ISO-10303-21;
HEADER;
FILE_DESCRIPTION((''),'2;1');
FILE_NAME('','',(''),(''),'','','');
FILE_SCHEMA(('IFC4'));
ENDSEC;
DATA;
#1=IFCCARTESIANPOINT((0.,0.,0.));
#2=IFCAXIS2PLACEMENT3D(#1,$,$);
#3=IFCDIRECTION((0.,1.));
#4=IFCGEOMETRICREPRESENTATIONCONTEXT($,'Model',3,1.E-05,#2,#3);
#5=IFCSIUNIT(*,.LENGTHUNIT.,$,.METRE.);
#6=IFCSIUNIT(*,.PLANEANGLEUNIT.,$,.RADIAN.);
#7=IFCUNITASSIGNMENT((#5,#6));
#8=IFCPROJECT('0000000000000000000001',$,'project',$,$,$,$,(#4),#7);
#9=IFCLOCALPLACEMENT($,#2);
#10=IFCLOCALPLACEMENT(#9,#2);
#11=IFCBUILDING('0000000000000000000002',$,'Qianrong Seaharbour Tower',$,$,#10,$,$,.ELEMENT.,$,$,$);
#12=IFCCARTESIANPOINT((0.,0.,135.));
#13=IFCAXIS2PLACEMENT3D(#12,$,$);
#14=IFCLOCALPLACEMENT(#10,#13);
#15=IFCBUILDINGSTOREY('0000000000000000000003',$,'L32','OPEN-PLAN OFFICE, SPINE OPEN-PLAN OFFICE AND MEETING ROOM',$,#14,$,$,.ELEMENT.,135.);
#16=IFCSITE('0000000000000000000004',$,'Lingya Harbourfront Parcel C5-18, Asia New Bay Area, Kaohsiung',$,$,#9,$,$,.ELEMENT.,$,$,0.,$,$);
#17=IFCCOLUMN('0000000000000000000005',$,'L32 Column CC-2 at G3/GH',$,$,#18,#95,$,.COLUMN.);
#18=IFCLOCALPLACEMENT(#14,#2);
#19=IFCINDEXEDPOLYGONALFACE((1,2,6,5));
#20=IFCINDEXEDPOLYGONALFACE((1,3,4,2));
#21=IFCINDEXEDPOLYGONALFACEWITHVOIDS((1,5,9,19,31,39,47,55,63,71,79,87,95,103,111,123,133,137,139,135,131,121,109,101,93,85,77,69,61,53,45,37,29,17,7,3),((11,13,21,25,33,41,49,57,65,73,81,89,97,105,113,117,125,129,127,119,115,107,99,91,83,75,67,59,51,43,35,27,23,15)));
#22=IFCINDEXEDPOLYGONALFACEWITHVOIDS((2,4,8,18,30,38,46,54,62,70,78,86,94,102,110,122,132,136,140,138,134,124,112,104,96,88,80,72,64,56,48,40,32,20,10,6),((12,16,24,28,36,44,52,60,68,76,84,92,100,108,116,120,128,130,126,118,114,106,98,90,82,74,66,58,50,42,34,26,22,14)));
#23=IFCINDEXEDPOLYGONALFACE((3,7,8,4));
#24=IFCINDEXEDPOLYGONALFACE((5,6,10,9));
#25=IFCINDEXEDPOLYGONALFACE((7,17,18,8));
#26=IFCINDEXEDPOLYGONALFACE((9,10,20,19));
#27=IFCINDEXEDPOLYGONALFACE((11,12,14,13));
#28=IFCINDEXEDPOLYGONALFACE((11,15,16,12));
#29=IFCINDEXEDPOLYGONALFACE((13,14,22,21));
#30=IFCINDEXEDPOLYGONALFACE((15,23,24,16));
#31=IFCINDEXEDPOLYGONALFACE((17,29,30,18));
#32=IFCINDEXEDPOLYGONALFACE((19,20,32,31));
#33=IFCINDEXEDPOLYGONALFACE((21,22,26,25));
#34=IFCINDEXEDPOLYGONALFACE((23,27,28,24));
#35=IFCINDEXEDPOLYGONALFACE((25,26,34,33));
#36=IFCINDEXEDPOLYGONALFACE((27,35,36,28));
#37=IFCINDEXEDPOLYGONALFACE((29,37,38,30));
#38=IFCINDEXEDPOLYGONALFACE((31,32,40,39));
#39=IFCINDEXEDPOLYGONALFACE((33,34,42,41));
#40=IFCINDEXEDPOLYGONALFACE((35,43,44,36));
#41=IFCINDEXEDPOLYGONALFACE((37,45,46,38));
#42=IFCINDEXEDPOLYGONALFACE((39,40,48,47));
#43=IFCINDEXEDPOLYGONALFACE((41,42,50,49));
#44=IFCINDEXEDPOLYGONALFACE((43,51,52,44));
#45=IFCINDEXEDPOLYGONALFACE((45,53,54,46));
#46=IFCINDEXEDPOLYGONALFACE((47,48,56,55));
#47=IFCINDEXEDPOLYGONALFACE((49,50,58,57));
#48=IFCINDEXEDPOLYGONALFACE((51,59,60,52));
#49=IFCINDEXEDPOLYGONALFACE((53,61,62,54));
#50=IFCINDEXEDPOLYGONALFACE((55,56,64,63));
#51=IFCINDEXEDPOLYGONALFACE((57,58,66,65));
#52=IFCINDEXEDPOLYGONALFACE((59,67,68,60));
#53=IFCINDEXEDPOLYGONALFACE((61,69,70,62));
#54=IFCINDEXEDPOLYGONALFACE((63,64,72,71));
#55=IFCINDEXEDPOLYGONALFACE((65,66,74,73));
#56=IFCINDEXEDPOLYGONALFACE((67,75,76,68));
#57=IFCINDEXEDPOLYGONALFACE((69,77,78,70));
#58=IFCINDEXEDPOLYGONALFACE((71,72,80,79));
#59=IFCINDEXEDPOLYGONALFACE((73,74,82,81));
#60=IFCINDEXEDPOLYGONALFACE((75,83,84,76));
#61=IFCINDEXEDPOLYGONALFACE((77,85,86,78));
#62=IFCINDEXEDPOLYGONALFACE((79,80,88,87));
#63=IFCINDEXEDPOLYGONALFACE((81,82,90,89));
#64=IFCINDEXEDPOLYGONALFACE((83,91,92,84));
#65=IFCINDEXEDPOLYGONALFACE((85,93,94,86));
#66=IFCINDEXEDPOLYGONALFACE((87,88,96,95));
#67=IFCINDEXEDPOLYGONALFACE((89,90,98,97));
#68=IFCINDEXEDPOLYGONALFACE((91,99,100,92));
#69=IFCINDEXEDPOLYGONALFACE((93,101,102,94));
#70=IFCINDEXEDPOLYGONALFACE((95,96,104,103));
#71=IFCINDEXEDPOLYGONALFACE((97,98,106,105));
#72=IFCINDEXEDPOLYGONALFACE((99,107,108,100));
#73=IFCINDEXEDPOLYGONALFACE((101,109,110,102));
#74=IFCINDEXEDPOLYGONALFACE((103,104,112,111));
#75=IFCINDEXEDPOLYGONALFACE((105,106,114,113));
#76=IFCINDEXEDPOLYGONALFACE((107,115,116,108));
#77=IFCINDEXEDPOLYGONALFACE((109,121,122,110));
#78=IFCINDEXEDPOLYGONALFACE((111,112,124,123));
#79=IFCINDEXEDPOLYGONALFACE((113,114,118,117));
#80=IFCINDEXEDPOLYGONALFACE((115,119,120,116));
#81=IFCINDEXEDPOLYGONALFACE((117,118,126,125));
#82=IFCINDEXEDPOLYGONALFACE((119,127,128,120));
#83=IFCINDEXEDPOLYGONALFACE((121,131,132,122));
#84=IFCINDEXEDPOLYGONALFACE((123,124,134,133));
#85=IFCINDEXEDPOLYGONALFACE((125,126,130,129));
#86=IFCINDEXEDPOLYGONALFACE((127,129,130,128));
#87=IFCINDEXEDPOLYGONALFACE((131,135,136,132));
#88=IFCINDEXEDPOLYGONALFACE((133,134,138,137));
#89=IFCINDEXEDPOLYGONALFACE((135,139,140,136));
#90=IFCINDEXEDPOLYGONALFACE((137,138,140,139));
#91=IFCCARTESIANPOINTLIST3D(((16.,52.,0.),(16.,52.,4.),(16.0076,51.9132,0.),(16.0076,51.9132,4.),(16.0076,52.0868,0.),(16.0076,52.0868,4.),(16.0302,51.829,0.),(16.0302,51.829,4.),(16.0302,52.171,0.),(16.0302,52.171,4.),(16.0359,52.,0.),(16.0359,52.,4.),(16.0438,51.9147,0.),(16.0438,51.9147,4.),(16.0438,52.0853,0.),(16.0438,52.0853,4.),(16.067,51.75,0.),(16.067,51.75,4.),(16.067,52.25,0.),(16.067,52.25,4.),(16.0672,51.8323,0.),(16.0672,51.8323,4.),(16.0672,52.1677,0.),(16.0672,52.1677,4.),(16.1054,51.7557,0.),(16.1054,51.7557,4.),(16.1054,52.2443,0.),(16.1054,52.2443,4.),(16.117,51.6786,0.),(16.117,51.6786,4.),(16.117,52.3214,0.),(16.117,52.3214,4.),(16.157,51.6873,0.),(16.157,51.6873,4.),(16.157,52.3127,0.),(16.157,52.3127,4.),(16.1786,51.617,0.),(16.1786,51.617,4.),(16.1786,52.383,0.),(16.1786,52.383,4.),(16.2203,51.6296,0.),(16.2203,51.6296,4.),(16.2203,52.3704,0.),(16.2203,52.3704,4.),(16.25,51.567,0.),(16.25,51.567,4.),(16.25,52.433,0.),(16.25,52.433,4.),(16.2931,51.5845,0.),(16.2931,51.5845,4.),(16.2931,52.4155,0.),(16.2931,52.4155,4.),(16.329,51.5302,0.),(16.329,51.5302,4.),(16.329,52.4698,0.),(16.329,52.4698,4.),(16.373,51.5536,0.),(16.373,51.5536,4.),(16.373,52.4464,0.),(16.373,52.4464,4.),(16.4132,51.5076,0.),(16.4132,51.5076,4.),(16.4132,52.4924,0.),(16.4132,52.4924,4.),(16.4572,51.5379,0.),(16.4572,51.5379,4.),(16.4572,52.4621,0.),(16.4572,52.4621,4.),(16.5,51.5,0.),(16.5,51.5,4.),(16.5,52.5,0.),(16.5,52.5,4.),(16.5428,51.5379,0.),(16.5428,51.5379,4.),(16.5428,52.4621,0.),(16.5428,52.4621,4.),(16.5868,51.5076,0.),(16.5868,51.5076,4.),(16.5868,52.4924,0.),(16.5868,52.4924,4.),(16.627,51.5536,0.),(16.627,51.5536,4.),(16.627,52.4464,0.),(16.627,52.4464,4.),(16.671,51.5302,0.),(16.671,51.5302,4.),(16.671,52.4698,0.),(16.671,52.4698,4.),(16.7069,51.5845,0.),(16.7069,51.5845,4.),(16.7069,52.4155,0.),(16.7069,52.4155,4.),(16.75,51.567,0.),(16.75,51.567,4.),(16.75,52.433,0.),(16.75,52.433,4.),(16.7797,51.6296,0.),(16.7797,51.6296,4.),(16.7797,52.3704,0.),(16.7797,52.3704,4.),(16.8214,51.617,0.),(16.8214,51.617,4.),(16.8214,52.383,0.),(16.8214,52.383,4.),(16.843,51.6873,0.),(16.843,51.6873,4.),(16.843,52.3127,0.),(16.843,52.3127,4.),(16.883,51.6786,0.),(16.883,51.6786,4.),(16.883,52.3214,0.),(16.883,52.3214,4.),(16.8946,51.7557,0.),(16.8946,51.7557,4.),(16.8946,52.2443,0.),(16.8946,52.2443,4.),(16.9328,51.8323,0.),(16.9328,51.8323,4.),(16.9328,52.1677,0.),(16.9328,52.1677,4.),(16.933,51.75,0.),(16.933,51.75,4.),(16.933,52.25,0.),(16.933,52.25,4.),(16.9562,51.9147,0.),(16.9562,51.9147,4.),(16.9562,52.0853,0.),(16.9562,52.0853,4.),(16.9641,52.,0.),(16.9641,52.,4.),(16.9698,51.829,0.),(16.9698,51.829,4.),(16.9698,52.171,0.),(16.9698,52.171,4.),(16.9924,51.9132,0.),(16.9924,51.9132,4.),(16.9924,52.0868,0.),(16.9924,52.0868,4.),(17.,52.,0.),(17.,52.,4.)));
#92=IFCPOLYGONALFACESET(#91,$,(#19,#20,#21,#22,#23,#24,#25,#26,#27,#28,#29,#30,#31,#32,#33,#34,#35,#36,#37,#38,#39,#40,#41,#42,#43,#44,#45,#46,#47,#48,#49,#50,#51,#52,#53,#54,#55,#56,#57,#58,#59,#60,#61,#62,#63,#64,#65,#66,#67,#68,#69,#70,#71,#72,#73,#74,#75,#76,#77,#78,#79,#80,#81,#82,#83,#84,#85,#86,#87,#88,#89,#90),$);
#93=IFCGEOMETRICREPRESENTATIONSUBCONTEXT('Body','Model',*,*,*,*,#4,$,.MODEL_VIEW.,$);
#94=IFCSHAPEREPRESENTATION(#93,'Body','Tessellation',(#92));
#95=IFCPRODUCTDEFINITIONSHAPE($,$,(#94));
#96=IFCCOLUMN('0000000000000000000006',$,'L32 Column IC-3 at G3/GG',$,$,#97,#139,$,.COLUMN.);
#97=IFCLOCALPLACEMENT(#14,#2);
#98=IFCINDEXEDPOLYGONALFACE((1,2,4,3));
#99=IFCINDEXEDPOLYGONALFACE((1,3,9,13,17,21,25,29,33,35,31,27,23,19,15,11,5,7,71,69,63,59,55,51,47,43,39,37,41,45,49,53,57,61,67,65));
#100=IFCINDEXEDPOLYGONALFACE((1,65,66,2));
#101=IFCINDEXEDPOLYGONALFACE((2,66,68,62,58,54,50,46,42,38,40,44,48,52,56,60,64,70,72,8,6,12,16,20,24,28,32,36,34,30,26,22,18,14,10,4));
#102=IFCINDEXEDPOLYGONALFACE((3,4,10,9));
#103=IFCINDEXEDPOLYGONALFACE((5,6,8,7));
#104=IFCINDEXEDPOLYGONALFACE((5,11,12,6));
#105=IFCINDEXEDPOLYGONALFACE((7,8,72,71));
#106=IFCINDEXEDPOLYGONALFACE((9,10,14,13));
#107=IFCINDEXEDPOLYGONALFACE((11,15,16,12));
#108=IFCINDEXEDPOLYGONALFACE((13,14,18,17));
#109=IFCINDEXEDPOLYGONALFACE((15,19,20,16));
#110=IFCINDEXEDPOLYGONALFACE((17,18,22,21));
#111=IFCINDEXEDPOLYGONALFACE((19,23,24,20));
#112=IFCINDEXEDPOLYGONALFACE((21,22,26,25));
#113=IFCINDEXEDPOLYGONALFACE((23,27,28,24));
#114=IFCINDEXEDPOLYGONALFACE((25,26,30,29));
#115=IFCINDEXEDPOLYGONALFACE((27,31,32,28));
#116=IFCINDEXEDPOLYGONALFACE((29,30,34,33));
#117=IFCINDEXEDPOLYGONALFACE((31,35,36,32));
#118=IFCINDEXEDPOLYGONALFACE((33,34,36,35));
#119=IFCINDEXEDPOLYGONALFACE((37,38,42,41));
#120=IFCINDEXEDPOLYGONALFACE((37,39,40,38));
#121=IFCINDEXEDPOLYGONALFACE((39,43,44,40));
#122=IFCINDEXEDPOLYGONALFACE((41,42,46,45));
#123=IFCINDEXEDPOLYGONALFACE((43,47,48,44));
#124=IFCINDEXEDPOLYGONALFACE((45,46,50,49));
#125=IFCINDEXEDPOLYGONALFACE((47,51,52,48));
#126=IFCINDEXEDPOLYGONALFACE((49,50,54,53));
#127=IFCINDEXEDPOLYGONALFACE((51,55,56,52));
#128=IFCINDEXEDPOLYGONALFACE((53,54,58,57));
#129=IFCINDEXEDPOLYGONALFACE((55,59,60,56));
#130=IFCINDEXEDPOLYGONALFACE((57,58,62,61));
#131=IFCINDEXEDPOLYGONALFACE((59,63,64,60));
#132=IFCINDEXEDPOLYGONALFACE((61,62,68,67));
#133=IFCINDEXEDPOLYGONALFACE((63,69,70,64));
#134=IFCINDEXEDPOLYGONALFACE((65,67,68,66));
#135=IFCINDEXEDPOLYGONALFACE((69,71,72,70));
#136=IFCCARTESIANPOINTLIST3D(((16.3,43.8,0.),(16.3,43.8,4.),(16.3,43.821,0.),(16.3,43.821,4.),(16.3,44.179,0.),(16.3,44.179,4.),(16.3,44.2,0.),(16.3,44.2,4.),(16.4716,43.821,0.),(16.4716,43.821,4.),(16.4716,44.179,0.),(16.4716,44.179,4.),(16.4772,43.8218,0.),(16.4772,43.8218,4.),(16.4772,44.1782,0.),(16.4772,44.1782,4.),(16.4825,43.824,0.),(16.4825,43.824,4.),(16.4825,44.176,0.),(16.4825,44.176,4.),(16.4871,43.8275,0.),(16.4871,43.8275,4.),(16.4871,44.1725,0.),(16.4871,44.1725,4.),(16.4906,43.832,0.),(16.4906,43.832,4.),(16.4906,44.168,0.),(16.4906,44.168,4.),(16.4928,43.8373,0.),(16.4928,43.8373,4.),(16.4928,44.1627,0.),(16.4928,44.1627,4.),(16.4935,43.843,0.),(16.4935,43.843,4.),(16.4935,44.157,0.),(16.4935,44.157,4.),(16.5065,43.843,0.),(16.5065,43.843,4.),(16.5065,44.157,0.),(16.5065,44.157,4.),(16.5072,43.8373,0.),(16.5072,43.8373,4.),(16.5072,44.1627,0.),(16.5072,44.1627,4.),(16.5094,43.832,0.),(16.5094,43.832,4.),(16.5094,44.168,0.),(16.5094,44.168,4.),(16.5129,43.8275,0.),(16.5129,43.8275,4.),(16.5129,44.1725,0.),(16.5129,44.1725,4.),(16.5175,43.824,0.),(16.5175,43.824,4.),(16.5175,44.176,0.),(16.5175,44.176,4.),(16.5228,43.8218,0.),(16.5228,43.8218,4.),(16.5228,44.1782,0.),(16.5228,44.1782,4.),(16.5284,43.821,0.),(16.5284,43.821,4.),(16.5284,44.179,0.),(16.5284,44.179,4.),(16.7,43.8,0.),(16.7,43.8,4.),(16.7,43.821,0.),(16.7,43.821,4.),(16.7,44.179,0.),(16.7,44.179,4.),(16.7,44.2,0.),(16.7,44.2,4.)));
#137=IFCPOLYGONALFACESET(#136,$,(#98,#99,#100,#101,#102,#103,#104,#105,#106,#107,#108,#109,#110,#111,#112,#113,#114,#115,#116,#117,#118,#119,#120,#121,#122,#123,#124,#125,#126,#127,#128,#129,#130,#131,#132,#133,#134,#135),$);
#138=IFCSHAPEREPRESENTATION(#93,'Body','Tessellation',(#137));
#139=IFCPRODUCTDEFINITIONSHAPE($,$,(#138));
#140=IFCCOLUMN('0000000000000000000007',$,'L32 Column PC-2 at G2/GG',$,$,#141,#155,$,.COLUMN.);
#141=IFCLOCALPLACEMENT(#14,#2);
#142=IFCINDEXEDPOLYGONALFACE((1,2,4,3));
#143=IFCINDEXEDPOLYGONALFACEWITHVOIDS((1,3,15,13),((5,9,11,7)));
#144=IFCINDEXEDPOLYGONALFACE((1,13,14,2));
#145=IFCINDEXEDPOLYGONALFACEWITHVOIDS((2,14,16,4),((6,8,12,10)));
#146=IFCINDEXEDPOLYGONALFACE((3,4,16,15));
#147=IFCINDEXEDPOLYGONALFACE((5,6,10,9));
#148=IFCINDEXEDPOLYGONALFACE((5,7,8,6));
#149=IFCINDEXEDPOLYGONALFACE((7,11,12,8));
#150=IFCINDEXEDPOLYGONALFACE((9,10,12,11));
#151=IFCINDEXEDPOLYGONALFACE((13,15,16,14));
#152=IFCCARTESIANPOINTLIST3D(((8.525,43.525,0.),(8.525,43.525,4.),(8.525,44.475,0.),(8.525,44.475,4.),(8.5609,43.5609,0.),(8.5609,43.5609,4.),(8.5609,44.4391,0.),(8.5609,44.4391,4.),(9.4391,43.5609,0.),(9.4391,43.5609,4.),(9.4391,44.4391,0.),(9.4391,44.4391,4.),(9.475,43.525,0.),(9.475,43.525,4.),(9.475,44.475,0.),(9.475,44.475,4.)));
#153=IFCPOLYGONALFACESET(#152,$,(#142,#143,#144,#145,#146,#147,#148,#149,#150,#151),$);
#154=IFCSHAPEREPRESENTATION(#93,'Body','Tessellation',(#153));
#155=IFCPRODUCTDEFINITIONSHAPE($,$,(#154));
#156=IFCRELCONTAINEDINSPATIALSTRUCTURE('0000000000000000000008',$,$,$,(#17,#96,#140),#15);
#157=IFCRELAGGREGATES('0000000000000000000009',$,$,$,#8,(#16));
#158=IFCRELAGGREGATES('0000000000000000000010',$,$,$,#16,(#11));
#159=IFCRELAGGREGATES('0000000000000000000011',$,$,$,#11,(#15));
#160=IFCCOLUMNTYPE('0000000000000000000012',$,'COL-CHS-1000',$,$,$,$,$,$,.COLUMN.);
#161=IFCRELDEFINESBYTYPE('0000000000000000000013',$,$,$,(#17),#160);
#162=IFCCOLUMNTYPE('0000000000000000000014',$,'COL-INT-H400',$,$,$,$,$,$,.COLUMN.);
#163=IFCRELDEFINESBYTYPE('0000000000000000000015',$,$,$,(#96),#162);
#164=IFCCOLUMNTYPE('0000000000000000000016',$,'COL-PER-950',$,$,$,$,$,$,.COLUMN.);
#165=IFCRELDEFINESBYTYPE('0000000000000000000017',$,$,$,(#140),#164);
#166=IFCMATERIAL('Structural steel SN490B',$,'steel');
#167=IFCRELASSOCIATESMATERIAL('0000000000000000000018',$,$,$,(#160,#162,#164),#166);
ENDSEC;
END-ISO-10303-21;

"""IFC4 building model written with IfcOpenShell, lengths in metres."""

from ifc_helpers import new_model, si_unit, direction, frame, origin, origin_2d, place, context, subcontext, project, spatial, hollow_rectangle, hollow_circle, i_section, extrude, material, material_profile, profile_set, type_object, element, save


model = new_model("IFC4")

# Units and contexts
model_context = context("Model", 3, precision=1e-05, world=origin(), true_north=direction((0.0, 1.0)))
body_context = subcontext(model_context, "Body", "Model", "MODEL_VIEW")
ifc_project = project(units=[si_unit("LENGTHUNIT", "METRE"), si_unit("PLANEANGLEUNIT", "RADIAN")], contexts=[model_context])

# Site, building, storey
site_placement = place(None, origin())
site = spatial("IfcSite", under=ifc_project, at=site_placement, Name="Lingya Harbourfront Parcel C5-18, Asia New Bay Area, Kaohsiung", CompositionType="ELEMENT", RefElevation=0.0)
building_placement = place(site_placement, origin())
building = spatial("IfcBuilding", under=site, at=building_placement, Name="Qianrong Seaharbour Tower", CompositionType="ELEMENT")
storey_placement = place(building_placement, frame((0.0, 0.0, 135.0)))
storey = spatial("IfcBuildingStorey", under=building, at=storey_placement, Name="L32", Description="OPEN-PLAN OFFICE, SPINE OPEN-PLAN OFFICE AND MEETING ROOM", CompositionType="ELEMENT", Elevation=135.0)

# Columns
ifc_material_1 = material(Name="Structural steel SN490B", Category="steel")
ifc_material_profile_1 = material_profile(ifc_material_1, hollow_circle(Radius=0.5, WallThickness=0.0359, at=origin_2d()), Name="CHS1000x36")
ifc_profile_set_1 = profile_set([ifc_material_profile_1], Name="Structural steel SN490B")
column_type_1 = type_object("IfcColumnType", Name="COL-CHS-1000", PredefinedType="COLUMN", material=ifc_profile_set_1)
column_1_placement = place(storey_placement, frame((16.5, 52.0, 0.0), z_axis=(0.0, 0.0, 1.0), x_axis=(1.0, 0.0, 0.0)))
element("IfcColumn", 1, at=column_1_placement, inside=storey, type_object=column_type_1, Name="L32 Column CC-2 at G3/GH", PredefinedType="COLUMN", context=body_context, shape_type="SweptSolid", body=[
    extrude(hollow_circle(Radius=0.5, WallThickness=0.0359, at=origin_2d()), origin(), (0.0, 0.0, 1.0), 4.0),
])
ifc_material_profile_2 = material_profile(ifc_material_1, i_section(OverallWidth=0.3999, OverallDepth=0.3999, WebThickness=0.0129, FlangeThickness=0.021, FilletRadius=0.022, at=origin_2d()), Name="H400x400x13x21")
ifc_profile_set_2 = profile_set([ifc_material_profile_2], Name="Structural steel SN490B")
column_type_2 = type_object("IfcColumnType", Name="COL-INT-H400", PredefinedType="COLUMN", material=ifc_profile_set_2)
column_2_placement = place(storey_placement, frame((16.5, 44.0, 0.0), z_axis=(0.0, 0.0, 1.0), x_axis=(1.0, 0.0, 0.0)))
element("IfcColumn", 2, at=column_2_placement, inside=storey, type_object=column_type_2, Name="L32 Column IC-3 at G3/GG", PredefinedType="COLUMN", context=body_context, shape_type="SweptSolid", body=[
    extrude(i_section(OverallWidth=0.3999, OverallDepth=0.3999, WebThickness=0.0129, FlangeThickness=0.021, FilletRadius=0.022, at=origin_2d()), origin(), (0.0, 0.0, 1.0), 4.0),
])
ifc_material_profile_3 = material_profile(ifc_material_1, hollow_rectangle(XDim=0.95, YDim=0.95, WallThickness=0.0359, at=origin_2d()), Name="BOX950x950x36")
ifc_profile_set_3 = profile_set([ifc_material_profile_3], Name="Structural steel SN490B")
column_type_3 = type_object("IfcColumnType", Name="COL-PER-950", PredefinedType="COLUMN", material=ifc_profile_set_3)
column_3_placement = place(storey_placement, frame((9.0, 44.0, 0.0), z_axis=(0.0, 0.0, 1.0), x_axis=(1.0, 0.0, 0.0)))
element("IfcColumn", 3, at=column_3_placement, inside=storey, type_object=column_type_3, Name="L32 Column PC-2 at G2/GG", PredefinedType="COLUMN", context=body_context, shape_type="SweptSolid", body=[
    extrude(hollow_rectangle(XDim=0.95, YDim=0.95, WallThickness=0.0359, at=origin_2d()), origin(), (0.0, 0.0, 1.0), 4.0),
])

save(model, "model.ifc")
